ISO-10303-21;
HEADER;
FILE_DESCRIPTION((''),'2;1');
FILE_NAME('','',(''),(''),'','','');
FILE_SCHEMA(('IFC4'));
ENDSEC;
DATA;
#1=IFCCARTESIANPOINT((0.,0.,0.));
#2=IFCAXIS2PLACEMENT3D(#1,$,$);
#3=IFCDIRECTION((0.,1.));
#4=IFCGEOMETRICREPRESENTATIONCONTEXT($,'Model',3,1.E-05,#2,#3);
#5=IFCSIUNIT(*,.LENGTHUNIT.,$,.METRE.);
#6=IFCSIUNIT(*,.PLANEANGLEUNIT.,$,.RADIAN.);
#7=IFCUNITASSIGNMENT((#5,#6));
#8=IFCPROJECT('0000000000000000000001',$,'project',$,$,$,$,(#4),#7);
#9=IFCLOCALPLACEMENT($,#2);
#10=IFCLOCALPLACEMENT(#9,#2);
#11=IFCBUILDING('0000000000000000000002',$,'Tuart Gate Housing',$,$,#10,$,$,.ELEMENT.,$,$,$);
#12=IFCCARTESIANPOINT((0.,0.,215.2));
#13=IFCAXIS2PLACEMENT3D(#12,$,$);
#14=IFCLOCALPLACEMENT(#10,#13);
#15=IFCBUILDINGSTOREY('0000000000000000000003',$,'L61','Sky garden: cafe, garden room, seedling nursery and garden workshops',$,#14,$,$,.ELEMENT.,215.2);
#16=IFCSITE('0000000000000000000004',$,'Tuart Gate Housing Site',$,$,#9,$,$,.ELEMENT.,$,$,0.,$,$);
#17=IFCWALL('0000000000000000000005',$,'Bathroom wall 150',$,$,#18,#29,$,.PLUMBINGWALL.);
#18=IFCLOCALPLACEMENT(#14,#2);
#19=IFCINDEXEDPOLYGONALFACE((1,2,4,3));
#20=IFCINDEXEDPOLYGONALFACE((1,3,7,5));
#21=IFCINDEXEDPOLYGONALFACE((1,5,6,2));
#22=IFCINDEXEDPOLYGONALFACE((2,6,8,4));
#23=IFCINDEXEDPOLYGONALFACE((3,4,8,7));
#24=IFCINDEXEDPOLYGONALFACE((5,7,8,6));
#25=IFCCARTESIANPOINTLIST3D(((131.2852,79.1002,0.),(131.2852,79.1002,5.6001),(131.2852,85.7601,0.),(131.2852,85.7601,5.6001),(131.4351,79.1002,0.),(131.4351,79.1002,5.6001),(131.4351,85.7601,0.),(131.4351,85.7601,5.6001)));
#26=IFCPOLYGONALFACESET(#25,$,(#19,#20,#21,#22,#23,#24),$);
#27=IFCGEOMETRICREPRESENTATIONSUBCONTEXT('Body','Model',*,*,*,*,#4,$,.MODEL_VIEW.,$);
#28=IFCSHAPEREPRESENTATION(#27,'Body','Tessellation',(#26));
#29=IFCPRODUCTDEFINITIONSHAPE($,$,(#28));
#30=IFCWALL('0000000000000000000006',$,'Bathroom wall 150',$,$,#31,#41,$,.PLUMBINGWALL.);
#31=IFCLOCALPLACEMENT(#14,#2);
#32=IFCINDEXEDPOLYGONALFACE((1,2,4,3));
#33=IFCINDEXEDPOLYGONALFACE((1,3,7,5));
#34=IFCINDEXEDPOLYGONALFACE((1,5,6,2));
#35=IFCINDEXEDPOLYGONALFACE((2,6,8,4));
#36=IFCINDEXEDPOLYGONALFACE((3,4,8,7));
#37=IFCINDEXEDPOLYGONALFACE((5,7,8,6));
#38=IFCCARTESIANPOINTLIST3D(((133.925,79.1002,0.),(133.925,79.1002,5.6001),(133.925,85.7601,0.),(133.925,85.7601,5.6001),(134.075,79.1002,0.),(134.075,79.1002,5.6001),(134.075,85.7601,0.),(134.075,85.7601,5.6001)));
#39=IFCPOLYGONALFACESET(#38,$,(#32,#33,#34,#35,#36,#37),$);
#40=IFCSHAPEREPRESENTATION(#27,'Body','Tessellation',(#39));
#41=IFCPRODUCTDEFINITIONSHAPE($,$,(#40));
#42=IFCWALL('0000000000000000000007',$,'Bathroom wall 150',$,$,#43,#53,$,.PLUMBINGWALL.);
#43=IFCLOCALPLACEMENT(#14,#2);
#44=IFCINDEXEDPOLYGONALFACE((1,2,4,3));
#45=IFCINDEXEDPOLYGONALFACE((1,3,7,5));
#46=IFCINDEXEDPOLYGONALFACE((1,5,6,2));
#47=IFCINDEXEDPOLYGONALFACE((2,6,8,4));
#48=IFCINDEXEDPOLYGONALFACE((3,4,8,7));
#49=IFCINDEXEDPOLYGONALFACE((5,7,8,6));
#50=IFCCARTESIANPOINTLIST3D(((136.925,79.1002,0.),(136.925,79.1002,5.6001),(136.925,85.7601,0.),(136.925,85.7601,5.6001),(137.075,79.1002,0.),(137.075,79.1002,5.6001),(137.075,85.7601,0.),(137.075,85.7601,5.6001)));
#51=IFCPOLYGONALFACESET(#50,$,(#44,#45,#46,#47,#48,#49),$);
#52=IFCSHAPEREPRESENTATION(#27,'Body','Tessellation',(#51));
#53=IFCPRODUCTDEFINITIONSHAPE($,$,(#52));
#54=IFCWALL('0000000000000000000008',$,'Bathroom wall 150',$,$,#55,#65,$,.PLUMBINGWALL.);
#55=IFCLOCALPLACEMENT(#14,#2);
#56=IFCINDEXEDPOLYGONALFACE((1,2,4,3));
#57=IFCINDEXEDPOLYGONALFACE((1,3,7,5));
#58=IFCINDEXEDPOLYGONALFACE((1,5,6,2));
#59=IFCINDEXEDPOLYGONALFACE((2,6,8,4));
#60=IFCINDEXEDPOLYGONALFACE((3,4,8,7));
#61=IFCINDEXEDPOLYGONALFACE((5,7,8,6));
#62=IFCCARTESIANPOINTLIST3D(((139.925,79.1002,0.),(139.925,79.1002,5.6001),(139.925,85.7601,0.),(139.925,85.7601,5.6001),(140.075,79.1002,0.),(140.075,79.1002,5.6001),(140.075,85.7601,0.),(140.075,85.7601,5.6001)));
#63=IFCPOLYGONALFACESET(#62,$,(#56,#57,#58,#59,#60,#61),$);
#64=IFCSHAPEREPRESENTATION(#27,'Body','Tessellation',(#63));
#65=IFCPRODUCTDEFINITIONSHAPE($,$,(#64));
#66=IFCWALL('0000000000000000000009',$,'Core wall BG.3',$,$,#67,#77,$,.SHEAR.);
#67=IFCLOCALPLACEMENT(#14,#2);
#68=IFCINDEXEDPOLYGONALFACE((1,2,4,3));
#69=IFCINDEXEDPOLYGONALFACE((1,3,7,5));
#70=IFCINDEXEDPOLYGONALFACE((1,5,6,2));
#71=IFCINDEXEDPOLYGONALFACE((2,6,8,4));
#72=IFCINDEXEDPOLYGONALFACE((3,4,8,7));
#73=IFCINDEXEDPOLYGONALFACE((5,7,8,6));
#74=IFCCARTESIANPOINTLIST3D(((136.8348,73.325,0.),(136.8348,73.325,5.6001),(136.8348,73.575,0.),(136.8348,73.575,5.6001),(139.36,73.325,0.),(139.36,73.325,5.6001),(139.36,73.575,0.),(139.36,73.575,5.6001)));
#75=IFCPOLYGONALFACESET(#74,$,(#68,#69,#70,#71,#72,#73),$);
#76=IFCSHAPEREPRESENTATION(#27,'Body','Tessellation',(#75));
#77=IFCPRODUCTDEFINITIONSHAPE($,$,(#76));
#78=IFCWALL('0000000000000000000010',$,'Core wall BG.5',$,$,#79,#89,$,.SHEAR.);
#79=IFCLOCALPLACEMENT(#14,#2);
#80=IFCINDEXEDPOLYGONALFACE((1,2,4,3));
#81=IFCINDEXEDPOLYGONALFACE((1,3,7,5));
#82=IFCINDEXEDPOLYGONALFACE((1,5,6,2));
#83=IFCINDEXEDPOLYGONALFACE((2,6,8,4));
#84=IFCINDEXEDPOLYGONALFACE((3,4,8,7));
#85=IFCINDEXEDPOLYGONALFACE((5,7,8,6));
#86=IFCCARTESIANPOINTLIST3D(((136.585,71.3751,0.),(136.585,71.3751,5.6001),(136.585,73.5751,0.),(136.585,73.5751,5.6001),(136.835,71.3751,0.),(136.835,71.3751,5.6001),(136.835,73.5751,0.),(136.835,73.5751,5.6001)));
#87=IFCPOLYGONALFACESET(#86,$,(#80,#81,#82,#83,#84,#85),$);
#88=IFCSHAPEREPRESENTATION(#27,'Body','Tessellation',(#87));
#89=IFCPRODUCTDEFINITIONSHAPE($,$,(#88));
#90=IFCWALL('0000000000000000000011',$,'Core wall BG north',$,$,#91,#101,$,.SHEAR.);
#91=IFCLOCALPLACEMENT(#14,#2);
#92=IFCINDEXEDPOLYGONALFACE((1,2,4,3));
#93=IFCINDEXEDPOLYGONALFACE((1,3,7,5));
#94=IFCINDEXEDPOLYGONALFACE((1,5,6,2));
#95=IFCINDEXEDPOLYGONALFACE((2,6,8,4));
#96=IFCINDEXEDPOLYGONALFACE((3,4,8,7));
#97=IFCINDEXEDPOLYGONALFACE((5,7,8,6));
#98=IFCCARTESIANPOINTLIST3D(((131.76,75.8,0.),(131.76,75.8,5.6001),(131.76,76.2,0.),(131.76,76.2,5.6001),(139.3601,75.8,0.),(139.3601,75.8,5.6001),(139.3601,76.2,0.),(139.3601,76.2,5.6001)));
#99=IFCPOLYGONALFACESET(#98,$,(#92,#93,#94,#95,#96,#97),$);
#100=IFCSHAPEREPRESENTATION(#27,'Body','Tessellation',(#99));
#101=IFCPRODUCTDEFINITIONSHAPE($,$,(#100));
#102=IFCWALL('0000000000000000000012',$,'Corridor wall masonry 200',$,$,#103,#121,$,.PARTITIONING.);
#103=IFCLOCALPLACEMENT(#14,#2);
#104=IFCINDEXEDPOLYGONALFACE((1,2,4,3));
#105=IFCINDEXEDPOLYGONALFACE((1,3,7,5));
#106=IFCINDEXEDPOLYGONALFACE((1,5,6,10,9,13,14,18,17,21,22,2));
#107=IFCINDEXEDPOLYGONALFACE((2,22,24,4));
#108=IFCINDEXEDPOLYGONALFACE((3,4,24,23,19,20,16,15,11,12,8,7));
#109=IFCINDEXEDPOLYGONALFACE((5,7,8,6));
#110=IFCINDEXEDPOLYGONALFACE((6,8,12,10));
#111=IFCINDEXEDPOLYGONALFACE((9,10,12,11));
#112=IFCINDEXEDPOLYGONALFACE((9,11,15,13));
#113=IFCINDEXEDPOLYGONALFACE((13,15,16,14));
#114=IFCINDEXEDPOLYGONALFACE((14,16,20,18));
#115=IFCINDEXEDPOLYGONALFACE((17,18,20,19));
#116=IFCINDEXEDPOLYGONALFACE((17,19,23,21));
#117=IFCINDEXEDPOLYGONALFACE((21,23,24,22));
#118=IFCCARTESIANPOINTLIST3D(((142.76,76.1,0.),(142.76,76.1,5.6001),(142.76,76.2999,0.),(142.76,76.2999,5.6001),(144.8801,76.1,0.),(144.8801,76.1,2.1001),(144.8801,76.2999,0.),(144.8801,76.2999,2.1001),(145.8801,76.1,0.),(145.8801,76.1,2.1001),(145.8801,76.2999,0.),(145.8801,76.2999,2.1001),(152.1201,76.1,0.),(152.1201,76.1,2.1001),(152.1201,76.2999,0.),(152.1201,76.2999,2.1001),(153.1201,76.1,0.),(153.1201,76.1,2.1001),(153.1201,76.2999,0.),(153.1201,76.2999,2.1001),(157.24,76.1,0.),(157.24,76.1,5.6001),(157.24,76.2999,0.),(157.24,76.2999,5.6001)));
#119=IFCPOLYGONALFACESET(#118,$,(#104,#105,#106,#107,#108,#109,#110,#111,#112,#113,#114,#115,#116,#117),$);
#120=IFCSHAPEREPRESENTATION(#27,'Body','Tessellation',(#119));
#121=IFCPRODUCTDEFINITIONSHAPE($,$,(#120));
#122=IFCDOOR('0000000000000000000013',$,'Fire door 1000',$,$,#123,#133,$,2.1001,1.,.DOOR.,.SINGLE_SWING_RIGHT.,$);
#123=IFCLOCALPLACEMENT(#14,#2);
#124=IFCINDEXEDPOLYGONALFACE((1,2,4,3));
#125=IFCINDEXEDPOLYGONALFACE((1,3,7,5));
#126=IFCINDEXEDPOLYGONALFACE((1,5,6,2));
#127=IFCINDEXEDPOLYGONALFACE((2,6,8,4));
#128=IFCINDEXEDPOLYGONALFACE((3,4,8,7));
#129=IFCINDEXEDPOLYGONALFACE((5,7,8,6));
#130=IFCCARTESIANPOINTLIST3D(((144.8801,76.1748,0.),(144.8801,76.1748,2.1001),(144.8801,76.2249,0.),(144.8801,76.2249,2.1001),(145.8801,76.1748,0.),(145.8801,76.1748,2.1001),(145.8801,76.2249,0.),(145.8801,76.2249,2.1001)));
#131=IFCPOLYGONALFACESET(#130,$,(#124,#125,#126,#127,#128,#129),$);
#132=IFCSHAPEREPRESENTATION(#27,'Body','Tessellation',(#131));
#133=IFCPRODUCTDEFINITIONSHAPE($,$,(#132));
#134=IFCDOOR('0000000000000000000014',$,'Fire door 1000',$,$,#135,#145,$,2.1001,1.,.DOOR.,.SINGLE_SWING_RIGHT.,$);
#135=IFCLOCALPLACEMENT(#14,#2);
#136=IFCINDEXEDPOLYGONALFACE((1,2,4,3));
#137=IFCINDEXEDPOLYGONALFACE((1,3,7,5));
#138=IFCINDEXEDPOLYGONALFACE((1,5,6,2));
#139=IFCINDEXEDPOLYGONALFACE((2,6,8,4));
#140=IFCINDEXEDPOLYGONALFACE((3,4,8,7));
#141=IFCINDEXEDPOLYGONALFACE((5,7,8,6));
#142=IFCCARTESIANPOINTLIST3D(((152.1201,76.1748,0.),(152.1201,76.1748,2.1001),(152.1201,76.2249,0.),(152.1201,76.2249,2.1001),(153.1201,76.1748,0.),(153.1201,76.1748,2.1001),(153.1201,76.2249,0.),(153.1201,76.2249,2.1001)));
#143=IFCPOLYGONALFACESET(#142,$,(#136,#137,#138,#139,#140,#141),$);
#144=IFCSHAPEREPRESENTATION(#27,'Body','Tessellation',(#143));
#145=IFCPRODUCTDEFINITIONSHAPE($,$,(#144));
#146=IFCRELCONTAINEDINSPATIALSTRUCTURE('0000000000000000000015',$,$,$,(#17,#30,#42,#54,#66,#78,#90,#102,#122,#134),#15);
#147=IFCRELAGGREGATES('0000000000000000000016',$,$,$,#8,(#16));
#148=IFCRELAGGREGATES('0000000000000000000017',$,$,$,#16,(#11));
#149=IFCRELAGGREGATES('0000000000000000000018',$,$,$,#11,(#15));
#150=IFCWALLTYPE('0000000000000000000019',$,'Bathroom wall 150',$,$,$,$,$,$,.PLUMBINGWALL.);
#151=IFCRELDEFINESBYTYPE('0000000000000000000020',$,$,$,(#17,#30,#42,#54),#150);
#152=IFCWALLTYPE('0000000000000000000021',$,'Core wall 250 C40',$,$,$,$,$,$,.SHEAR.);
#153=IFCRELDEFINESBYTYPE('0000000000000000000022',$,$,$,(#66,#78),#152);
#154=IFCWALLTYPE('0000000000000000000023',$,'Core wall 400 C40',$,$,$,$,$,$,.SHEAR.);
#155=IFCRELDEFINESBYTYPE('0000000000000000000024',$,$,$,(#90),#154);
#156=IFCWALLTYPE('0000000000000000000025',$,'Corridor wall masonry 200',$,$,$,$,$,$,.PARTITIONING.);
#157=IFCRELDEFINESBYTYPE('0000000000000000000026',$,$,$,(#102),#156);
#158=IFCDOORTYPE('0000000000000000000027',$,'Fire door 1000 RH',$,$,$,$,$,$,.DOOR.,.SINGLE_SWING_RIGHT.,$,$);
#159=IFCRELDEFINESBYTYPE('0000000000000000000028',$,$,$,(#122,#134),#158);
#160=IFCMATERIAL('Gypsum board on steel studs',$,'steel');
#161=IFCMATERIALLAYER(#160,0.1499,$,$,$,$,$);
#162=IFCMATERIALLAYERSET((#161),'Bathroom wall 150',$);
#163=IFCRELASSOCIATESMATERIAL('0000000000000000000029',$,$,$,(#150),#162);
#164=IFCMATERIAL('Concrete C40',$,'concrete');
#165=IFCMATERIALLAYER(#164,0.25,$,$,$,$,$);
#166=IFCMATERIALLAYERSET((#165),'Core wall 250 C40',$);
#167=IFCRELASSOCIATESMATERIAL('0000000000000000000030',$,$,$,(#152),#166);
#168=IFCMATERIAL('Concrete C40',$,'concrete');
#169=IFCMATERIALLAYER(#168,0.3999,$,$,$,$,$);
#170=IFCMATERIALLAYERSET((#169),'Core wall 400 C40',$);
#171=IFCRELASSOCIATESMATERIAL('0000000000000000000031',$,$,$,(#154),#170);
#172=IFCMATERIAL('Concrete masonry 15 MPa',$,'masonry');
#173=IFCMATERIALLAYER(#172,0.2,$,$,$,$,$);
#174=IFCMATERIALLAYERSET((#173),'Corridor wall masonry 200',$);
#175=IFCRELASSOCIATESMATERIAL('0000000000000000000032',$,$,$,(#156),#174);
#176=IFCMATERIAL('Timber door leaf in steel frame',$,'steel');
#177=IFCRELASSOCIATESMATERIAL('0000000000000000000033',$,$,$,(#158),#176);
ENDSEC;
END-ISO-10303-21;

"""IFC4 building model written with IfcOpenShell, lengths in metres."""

from ifc_helpers import new_model, si_unit, direction, frame, frame_2d, origin, place, context, subcontext, project, spatial, rectangle, extrude, material, layer, layer_set, type_object, element, fill, save


model = new_model("IFC4")

# Units and contexts
model_context = context("Model", 3, precision=1e-05, world=origin(), true_north=direction((0.0, 1.0)))
body_context = subcontext(model_context, "Body", "Model", "MODEL_VIEW")
ifc_project = project(units=[si_unit("LENGTHUNIT", "METRE"), si_unit("PLANEANGLEUNIT", "RADIAN")], contexts=[model_context])

# Site, building, storey
site_placement = place(None, origin())
site = spatial("IfcSite", under=ifc_project, at=site_placement, Name="Tuart Gate Housing Site", CompositionType="ELEMENT", RefElevation=0.0)
building_placement = place(site_placement, origin())
building = spatial("IfcBuilding", under=site, at=building_placement, Name="Tuart Gate Housing", CompositionType="ELEMENT")
storey_placement = place(building_placement, frame((0.0, 0.0, 215.2)))
storey = spatial("IfcBuildingStorey", under=building, at=storey_placement, Name="L61", Description="Sky garden: cafe, garden room, seedling nursery and garden workshops", CompositionType="ELEMENT", Elevation=215.2)

# Walls
ifc_material_1 = material(Name="Gypsum board on steel studs", Category="steel")
ifc_layer_1 = layer(ifc_material_1, 0.1499)
ifc_layer_set_1 = layer_set([ifc_layer_1], Name="Bathroom wall 150")
wall_type_1 = type_object("IfcWallType", Name="Bathroom wall 150", PredefinedType="PLUMBINGWALL", material=ifc_layer_set_1)
for number, where, z_axis, x_axis, name in (
    (1, (131.3601, 79.1001, 0.0), (0.0, 0.0, 1.0), (0.0, 1.0, 0.0), "Bathroom wall 150"),
    (2, (134.0, 79.1001, 0.0), (0.0, 0.0, 1.0), (0.0, 1.0, 0.0), "Bathroom wall 150"),
    (3, (137.0, 79.1001, 0.0), (0.0, 0.0, 1.0), (0.0, 1.0, 0.0), "Bathroom wall 150"),
    (4, (140.0, 79.1001, 0.0), (0.0, 0.0, 1.0), (0.0, 1.0, 0.0), "Bathroom wall 150"),
):
    element("IfcWall", number, at=place(storey_placement, frame(where, z_axis=z_axis, x_axis=x_axis)), inside=storey, type_object=wall_type_1, Name=name, PredefinedType="PLUMBINGWALL", context=body_context, shape_type="SweptSolid", body=[
        extrude(rectangle(XDim=6.6599, YDim=0.1499, at=frame_2d((3.3301, 0.0))), origin(), (0.0, 0.0, 1.0), 5.6001),
    ])
ifc_material_2 = material(Name="Concrete C40", Category="concrete")
ifc_layer_2 = layer(ifc_material_2, 0.25)
ifc_layer_set_2 = layer_set([ifc_layer_2], Name="Core wall 250 C40")
wall_type_2 = type_object("IfcWallType", Name="Core wall 250 C40", PredefinedType="SHEAR", material=ifc_layer_set_2)
wall_1_placement = place(storey_placement, frame((139.3601, 73.45, 0.0), z_axis=(0.0, 0.0, 1.0), x_axis=(-1.0, 0.0, 0.0)))
element("IfcWall", 5, at=wall_1_placement, inside=storey, type_object=wall_type_2, Name="Core wall BG.3", PredefinedType="SHEAR", context=body_context, shape_type="SweptSolid", body=[
    extrude(rectangle(XDim=2.5251, YDim=0.25, at=frame_2d((1.2627, 0.0))), origin(), (0.0, 0.0, 1.0), 5.6001),
])
wall_2_placement = place(storey_placement, frame((136.71, 71.375, 0.0), z_axis=(0.0, 0.0, 1.0), x_axis=(0.0, 1.0, 0.0)))
element("IfcWall", 6, at=wall_2_placement, inside=storey, type_object=wall_type_2, Name="Core wall BG.5", PredefinedType="SHEAR", context=body_context, shape_type="SweptSolid", body=[
    extrude(rectangle(XDim=2.2, YDim=0.25, at=frame_2d((1.1001, 0.0))), origin(), (0.0, 0.0, 1.0), 5.6001),
])
ifc_material_3 = material(Name="Concrete C40", Category="concrete")
ifc_layer_3 = layer(ifc_material_3, 0.3999)
ifc_layer_set_3 = layer_set([ifc_layer_3], Name="Core wall 400 C40")
wall_type_3 = type_object("IfcWallType", Name="Core wall 400 C40", PredefinedType="SHEAR", material=ifc_layer_set_3)
wall_3_placement = place(storey_placement, frame((139.3601, 76.0, 0.0), z_axis=(0.0, 0.0, 1.0), x_axis=(-1.0, 0.0, 0.0)))
element("IfcWall", 7, at=wall_3_placement, inside=storey, type_object=wall_type_3, Name="Core wall BG north", PredefinedType="SHEAR", context=body_context, shape_type="SweptSolid", body=[
    extrude(rectangle(XDim=7.6001, YDim=0.3999, at=frame_2d((3.8, 0.0))), origin(), (0.0, 0.0, 1.0), 5.6001),
])

# Wall, openings, doors
ifc_material_4 = material(Name="Concrete masonry 15 MPa", Category="masonry")
ifc_layer_4 = layer(ifc_material_4, 0.2)
ifc_layer_set_4 = layer_set([ifc_layer_4], Name="Corridor wall masonry 200")
wall_type_4 = type_object("IfcWallType", Name="Corridor wall masonry 200", PredefinedType="PARTITIONING", material=ifc_layer_set_4)
wall_4_placement = place(storey_placement, frame((142.76, 76.2, 0.0), z_axis=(0.0, 0.0, 1.0), x_axis=(1.0, 0.0, 0.0)))
wall_4 = element("IfcWall", 8, at=wall_4_placement, inside=storey, type_object=wall_type_4, Name="Corridor wall masonry 200", PredefinedType="PARTITIONING", context=body_context, shape_type="SweptSolid", body=[
    extrude(rectangle(XDim=14.48, YDim=0.2, at=frame_2d((7.24, 0.0))), origin(), (0.0, 0.0, 1.0), 5.6001),
])
opening_1_placement = place(wall_4_placement, frame((2.1201, 0.0, 0.0)))
opening_1 = element("IfcOpeningElement", 9, at=opening_1_placement, cuts=wall_4, PredefinedType="OPENING", context=body_context, shape_type="SweptSolid", body=[
    extrude(rectangle(XDim=1.0, YDim=2.1001, at=frame_2d((0.5, 1.05))), frame((0.0, 0.1099, 0.0), z_axis=(0.0, -1.0, 0.0), x_axis=(1.0, 0.0, 0.0)), (0.0, 0.0, 1.0), 0.22),
])
opening_2_placement = place(wall_4_placement, frame((9.3601, 0.0, 0.0)))
opening_2 = element("IfcOpeningElement", 10, at=opening_2_placement, cuts=wall_4, PredefinedType="OPENING", context=body_context, shape_type="SweptSolid", body=[
    extrude(rectangle(XDim=1.0, YDim=2.1001, at=frame_2d((0.5, 1.05))), frame((0.0, 0.1099, 0.0), z_axis=(0.0, -1.0, 0.0), x_axis=(1.0, 0.0, 0.0)), (0.0, 0.0, 1.0), 0.22),
])
ifc_material_5 = material(Name="Timber door leaf in steel frame", Category="steel")
door_type_1 = type_object("IfcDoorType", Name="Fire door 1000 RH", OperationType="SINGLE_SWING_RIGHT", PredefinedType="DOOR", material=ifc_material_5)
door_1_placement = place(opening_1_placement, frame((1.0, 0.0, 0.0), z_axis=(0.0, 0.0, 1.0), x_axis=(-1.0, 0.0, 0.0)))
door_1 = element("IfcDoor", 11, at=door_1_placement, inside=storey, type_object=door_type_1, Name="Fire door 1000", OperationType="SINGLE_SWING_RIGHT", OverallHeight=2.1001, OverallWidth=1.0, PredefinedType="DOOR", context=body_context, shape_type="SweptSolid", body=[
    extrude(rectangle(XDim=1.0, YDim=2.1001, at=frame_2d((0.5, 1.05))), frame((0.0, 0.0251, 0.0), z_axis=(0.0, -1.0, 0.0), x_axis=(1.0, 0.0, 0.0)), (0.0, 0.0, 1.0), 0.05),
])
fill(opening_1, door_1)
door_2_placement = place(opening_2_placement, frame((1.0, 0.0, 0.0), z_axis=(0.0, 0.0, 1.0), x_axis=(-1.0, 0.0, 0.0)))
door_2 = element("IfcDoor", 12, at=door_2_placement, inside=storey, type_object=door_type_1, Name="Fire door 1000", OperationType="SINGLE_SWING_RIGHT", OverallHeight=2.1001, OverallWidth=1.0, PredefinedType="DOOR", context=body_context, shape_type="SweptSolid", body=[
    extrude(rectangle(XDim=1.0, YDim=2.1001, at=frame_2d((0.5, 1.05))), frame((0.0, 0.0251, 0.0), z_axis=(0.0, -1.0, 0.0), x_axis=(1.0, 0.0, 0.0)), (0.0, 0.0, 1.0), 0.05),
])
fill(opening_2, door_2)

save(model, "model.ifc")
